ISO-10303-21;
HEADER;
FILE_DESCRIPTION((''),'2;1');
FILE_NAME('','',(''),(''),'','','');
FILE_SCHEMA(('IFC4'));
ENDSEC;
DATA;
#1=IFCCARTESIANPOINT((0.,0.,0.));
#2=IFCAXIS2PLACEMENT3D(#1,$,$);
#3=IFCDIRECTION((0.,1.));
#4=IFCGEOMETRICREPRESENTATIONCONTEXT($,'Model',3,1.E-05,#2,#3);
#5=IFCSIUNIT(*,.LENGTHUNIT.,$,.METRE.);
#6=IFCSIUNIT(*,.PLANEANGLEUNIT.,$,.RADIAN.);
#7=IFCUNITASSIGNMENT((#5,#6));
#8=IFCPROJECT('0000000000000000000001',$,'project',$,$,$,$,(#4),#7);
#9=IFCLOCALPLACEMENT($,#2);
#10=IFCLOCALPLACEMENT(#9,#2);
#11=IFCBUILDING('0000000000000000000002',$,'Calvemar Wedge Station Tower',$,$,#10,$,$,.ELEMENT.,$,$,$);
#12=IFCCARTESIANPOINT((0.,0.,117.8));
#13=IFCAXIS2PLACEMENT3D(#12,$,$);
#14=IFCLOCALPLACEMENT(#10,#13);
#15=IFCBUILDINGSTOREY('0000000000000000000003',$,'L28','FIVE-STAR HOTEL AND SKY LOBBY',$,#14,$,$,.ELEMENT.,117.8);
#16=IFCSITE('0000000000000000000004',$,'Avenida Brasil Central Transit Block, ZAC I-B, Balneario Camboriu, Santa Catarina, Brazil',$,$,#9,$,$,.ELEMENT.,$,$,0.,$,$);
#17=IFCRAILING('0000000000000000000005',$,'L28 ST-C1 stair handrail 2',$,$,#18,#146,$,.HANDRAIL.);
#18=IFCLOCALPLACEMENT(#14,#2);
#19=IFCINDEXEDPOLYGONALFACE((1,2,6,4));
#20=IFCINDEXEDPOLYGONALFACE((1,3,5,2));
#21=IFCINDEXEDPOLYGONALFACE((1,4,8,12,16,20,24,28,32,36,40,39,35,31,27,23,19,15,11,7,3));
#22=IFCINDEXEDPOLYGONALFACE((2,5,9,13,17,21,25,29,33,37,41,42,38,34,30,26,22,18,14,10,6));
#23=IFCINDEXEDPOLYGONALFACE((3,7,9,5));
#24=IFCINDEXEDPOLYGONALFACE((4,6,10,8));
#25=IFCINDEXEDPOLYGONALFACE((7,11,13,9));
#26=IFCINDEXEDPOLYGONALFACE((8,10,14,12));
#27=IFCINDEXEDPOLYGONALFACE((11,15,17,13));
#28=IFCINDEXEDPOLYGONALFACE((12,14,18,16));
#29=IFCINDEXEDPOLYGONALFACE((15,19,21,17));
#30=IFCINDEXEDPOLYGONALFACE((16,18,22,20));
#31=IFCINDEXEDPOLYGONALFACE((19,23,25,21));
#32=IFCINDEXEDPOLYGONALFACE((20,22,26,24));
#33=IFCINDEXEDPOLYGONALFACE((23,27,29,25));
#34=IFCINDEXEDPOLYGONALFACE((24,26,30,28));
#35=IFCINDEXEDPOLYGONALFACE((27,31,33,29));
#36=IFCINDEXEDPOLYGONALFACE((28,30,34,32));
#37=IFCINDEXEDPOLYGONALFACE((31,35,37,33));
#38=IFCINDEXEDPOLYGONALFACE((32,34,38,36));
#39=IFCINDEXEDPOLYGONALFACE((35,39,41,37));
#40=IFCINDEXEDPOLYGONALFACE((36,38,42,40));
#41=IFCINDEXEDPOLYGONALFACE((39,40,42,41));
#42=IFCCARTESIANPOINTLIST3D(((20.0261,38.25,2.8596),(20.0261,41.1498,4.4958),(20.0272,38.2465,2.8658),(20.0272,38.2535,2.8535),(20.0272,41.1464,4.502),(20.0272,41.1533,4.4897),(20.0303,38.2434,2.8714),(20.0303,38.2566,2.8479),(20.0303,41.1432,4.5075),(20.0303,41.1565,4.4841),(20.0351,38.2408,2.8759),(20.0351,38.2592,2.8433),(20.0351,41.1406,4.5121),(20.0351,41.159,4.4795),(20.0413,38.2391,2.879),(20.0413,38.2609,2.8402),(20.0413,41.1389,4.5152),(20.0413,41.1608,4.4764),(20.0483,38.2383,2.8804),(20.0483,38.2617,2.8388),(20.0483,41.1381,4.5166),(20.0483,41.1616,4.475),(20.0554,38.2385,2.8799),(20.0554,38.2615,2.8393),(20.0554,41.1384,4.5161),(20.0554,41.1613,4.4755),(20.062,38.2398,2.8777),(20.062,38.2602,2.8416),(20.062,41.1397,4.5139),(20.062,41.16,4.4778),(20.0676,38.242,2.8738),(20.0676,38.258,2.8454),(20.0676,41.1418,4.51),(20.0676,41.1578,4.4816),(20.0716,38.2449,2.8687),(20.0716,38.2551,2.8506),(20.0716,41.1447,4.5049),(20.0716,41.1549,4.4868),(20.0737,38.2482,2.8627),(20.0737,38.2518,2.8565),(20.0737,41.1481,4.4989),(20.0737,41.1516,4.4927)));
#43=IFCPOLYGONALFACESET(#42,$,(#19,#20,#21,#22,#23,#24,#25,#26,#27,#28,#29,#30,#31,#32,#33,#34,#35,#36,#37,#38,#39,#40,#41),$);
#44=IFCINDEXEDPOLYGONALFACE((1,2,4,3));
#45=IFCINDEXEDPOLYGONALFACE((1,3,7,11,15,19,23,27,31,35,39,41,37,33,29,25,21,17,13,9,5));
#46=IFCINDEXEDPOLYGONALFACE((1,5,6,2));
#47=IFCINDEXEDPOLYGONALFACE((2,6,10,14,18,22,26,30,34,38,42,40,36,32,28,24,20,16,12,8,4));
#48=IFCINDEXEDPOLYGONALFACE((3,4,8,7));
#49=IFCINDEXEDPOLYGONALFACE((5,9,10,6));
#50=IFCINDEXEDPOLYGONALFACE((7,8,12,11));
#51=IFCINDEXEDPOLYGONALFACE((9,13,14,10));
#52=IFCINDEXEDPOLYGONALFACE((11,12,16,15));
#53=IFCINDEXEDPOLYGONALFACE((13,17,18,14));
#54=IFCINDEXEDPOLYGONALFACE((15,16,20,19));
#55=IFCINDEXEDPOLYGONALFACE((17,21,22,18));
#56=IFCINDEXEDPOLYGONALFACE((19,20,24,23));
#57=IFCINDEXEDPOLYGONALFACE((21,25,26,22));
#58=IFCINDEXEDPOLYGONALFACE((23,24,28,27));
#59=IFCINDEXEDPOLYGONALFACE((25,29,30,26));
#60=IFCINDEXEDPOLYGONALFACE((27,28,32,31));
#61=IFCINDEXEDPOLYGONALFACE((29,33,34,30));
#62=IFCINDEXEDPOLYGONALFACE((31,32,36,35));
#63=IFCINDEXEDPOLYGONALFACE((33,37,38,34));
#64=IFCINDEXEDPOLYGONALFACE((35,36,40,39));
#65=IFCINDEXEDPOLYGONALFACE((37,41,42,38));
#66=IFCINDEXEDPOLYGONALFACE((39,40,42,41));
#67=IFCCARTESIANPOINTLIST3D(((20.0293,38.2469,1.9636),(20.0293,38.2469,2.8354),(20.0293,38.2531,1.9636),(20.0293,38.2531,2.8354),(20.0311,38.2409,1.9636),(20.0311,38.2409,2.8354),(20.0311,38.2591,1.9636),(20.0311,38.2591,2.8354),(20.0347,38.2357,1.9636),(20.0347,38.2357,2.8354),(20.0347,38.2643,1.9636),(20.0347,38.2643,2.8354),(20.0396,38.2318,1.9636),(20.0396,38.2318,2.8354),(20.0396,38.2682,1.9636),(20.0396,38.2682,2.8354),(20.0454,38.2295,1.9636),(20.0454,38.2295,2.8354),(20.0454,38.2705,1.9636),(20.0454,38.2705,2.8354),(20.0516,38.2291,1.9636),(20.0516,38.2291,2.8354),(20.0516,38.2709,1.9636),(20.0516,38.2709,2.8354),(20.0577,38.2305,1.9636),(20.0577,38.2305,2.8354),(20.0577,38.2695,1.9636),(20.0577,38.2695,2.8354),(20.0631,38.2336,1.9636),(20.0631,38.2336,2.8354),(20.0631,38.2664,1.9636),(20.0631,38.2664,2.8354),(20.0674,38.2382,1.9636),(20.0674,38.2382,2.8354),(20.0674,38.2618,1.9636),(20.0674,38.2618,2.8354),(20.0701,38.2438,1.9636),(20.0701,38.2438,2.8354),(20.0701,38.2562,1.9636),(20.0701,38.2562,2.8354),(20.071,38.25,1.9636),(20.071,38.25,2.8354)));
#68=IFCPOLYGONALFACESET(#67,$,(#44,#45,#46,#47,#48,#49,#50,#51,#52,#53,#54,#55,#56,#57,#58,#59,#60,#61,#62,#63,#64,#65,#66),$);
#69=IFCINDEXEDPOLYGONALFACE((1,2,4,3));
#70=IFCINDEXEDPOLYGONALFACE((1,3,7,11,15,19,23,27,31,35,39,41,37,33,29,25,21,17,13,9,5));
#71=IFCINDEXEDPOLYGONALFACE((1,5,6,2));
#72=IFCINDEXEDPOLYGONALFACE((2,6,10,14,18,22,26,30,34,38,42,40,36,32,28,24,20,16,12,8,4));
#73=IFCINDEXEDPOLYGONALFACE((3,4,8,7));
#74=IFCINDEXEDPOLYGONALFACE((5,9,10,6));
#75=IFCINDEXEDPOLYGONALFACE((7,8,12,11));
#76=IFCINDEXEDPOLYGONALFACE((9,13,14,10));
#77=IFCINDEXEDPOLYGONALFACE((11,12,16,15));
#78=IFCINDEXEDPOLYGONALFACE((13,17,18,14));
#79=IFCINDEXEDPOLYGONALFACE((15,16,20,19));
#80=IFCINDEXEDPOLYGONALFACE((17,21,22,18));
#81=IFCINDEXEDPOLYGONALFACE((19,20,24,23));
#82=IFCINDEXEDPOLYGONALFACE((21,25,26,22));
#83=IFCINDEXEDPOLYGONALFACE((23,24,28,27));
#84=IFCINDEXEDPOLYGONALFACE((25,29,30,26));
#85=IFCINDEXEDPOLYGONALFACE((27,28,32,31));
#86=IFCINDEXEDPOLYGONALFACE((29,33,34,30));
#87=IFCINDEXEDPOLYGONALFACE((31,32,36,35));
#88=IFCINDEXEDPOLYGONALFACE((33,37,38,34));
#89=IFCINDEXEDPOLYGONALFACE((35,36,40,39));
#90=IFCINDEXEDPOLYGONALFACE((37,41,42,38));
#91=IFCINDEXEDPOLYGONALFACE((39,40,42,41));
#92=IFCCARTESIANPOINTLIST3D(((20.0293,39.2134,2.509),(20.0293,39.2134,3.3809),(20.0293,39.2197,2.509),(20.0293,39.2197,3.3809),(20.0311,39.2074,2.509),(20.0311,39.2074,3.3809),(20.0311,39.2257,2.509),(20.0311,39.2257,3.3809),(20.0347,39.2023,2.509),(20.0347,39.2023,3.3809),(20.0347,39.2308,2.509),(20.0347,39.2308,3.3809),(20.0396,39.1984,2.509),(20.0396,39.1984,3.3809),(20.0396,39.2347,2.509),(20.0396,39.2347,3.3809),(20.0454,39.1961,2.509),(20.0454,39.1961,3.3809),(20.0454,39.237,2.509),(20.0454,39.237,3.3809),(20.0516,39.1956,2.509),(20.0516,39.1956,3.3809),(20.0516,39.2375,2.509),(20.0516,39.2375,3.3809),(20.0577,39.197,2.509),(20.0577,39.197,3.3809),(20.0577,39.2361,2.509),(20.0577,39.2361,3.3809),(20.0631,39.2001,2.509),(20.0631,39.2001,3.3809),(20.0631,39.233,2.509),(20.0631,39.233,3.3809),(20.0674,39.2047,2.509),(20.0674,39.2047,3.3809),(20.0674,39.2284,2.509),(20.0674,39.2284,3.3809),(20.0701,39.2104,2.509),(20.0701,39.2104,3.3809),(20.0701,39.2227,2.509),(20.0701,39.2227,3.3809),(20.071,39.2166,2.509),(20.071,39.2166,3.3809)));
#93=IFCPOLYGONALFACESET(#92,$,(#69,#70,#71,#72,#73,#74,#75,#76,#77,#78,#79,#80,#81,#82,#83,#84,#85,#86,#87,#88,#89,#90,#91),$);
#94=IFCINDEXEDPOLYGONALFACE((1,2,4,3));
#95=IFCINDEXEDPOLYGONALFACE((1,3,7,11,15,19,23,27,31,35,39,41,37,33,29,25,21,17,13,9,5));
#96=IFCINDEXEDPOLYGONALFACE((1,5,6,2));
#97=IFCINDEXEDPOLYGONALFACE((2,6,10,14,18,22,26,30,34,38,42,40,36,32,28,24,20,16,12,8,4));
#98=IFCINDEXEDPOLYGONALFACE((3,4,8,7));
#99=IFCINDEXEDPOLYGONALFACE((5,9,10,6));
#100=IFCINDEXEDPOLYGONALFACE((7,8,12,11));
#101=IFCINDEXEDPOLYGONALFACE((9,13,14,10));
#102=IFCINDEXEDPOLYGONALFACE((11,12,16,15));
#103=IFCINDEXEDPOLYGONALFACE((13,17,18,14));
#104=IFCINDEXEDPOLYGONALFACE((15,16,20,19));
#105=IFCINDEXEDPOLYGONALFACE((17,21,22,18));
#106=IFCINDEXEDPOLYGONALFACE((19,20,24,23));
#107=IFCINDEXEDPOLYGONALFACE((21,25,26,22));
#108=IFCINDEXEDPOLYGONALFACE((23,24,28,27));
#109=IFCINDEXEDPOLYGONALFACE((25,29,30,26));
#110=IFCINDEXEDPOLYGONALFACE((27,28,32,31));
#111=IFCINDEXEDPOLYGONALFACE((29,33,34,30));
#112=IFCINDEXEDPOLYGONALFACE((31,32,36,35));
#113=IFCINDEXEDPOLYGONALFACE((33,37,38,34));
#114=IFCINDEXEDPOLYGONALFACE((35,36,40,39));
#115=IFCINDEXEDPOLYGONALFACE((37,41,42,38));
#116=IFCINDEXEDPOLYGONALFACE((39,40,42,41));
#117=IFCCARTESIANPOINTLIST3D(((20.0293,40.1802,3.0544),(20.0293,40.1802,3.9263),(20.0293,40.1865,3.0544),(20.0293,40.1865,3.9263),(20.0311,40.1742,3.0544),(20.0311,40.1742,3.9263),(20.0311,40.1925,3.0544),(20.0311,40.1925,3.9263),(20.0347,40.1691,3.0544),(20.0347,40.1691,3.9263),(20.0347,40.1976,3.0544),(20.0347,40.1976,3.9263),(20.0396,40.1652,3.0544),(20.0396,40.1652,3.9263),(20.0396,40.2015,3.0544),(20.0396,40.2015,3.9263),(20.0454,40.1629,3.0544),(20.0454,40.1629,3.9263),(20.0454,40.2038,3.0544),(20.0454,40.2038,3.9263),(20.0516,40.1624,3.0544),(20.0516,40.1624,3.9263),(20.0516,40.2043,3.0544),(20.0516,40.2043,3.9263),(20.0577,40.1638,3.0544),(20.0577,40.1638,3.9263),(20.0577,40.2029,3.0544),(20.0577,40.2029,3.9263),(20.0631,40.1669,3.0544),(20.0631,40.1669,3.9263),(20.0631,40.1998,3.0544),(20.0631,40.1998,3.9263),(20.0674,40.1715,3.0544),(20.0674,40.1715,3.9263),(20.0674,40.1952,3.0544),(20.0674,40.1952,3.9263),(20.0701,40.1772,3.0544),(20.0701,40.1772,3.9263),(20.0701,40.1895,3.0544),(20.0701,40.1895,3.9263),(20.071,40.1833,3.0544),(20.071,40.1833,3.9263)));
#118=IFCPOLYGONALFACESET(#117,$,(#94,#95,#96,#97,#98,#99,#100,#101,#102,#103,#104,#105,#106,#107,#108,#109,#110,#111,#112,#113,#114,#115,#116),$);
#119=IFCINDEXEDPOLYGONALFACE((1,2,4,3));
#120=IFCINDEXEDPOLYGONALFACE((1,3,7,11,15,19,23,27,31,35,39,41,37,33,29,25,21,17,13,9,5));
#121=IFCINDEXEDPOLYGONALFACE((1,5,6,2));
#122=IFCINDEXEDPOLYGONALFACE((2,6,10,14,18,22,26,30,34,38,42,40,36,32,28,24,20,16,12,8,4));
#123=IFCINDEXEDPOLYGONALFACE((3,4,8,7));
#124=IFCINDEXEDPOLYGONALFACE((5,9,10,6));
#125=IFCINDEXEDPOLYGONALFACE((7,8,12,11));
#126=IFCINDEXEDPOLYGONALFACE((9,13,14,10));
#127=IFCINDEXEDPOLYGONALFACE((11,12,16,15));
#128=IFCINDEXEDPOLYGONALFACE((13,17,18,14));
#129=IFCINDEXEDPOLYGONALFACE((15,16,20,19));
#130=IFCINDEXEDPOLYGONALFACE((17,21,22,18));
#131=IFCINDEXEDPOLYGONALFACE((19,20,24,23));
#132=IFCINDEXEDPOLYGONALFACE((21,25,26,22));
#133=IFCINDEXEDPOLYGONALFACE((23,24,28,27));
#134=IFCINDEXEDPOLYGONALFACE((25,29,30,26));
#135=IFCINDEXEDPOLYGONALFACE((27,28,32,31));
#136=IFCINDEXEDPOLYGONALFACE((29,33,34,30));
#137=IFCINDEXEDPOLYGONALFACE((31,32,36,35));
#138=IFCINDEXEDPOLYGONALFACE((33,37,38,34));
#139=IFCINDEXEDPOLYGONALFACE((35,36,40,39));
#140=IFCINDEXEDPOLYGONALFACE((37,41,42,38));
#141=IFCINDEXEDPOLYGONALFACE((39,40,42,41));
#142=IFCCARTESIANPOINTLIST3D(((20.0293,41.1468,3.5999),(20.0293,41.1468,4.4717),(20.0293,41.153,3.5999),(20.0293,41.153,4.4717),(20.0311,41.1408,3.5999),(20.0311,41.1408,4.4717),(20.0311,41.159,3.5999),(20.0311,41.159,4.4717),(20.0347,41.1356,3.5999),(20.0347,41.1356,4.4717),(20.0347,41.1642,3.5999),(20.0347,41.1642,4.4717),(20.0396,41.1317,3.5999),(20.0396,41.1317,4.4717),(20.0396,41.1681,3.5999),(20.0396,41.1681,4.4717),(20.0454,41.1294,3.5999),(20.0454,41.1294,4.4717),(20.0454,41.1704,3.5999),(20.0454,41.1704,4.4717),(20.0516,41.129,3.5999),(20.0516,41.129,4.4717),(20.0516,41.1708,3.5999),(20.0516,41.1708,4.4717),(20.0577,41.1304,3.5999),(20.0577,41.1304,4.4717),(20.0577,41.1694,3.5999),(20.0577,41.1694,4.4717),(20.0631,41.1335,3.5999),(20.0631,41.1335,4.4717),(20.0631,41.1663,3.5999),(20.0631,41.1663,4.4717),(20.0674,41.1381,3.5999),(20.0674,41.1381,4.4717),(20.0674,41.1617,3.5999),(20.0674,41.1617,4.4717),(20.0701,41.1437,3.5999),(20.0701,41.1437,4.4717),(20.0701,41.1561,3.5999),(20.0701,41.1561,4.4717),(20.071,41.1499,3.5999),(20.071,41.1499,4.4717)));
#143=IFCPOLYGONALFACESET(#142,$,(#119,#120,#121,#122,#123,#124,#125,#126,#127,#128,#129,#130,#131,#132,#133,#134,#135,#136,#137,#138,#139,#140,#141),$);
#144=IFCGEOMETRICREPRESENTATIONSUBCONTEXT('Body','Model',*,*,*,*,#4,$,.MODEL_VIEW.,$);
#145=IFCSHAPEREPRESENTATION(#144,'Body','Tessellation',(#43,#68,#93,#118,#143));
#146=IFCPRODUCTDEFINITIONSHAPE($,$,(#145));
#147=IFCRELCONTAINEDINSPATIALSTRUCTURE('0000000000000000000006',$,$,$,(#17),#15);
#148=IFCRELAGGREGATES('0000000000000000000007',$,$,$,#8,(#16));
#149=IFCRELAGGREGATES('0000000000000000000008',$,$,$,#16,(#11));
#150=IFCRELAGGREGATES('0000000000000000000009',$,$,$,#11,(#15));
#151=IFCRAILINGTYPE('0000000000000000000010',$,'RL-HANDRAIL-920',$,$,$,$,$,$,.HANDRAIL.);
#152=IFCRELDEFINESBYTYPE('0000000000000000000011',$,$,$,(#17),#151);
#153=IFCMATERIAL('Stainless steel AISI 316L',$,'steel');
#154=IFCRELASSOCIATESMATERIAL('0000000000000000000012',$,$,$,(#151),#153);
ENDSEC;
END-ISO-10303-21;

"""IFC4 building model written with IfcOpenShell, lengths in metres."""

from ifc_helpers import new_model, si_unit, direction, frame, origin, origin_2d, place, context, subcontext, project, spatial, circle, extrude, material, type_object, element, save


model = new_model("IFC4")

# Units and contexts
model_context = context("Model", 3, precision=1e-05, world=origin(), true_north=direction((0.0, 1.0)))
body_context = subcontext(model_context, "Body", "Model", "MODEL_VIEW")
ifc_project = project(units=[si_unit("LENGTHUNIT", "METRE"), si_unit("PLANEANGLEUNIT", "RADIAN")], contexts=[model_context])

# Site, building, storey
site_placement = place(None, origin())
site = spatial("IfcSite", under=ifc_project, at=site_placement, Name="Avenida Brasil Central Transit Block, ZAC I-B, Balneario Camboriu, Santa Catarina, Brazil", CompositionType="ELEMENT", RefElevation=0.0)
building_placement = place(site_placement, origin())
building = spatial("IfcBuilding", under=site, at=building_placement, Name="Calvemar Wedge Station Tower", CompositionType="ELEMENT")
storey_placement = place(building_placement, frame((0.0, 0.0, 117.8)))
storey = spatial("IfcBuildingStorey", under=building, at=storey_placement, Name="L28", Description="FIVE-STAR HOTEL AND SKY LOBBY", CompositionType="ELEMENT", Elevation=117.8)

# Railing
ifc_material_1 = material(Name="Stainless steel AISI 316L", Category="steel")
railing_type_1 = type_object("IfcRailingType", Name="RL-HANDRAIL-920", PredefinedType="HANDRAIL", material=ifc_material_1)
railing_1_placement = place(storey_placement, frame((20.05, 38.25, 1.9636)))
element("IfcRailing", 1, at=railing_1_placement, inside=storey, type_object=railing_type_1, Name="L28 ST-C1 stair handrail 2", PredefinedType="HANDRAIL", context=body_context, shape_type="SweptSolid", body=[
    extrude(circle(Radius=0.0239, at=origin_2d()), frame((0.0, 0.0, 0.896), z_axis=(0.0, 0.870929, 0.49141), x_axis=(-1.0, 0.0, 0.0)), (0.0, 0.0, 1.0), 3.3296),
    extrude(circle(Radius=0.021, at=origin_2d()), origin(), (0.0, 0.0, 1.0), 0.8718),
    extrude(circle(Radius=0.021, at=origin_2d()), frame((0.0, 0.9666, 0.5454)), (0.0, 0.0, 1.0), 0.8718),
    extrude(circle(Radius=0.021, at=origin_2d()), frame((0.0, 1.9333, 1.0908)), (0.0, 0.0, 1.0), 0.8718),
    extrude(circle(Radius=0.021, at=origin_2d()), frame((0.0, 2.8999, 1.6362)), (0.0, 0.0, 1.0), 0.8718),
])

save(model, "model.ifc")
